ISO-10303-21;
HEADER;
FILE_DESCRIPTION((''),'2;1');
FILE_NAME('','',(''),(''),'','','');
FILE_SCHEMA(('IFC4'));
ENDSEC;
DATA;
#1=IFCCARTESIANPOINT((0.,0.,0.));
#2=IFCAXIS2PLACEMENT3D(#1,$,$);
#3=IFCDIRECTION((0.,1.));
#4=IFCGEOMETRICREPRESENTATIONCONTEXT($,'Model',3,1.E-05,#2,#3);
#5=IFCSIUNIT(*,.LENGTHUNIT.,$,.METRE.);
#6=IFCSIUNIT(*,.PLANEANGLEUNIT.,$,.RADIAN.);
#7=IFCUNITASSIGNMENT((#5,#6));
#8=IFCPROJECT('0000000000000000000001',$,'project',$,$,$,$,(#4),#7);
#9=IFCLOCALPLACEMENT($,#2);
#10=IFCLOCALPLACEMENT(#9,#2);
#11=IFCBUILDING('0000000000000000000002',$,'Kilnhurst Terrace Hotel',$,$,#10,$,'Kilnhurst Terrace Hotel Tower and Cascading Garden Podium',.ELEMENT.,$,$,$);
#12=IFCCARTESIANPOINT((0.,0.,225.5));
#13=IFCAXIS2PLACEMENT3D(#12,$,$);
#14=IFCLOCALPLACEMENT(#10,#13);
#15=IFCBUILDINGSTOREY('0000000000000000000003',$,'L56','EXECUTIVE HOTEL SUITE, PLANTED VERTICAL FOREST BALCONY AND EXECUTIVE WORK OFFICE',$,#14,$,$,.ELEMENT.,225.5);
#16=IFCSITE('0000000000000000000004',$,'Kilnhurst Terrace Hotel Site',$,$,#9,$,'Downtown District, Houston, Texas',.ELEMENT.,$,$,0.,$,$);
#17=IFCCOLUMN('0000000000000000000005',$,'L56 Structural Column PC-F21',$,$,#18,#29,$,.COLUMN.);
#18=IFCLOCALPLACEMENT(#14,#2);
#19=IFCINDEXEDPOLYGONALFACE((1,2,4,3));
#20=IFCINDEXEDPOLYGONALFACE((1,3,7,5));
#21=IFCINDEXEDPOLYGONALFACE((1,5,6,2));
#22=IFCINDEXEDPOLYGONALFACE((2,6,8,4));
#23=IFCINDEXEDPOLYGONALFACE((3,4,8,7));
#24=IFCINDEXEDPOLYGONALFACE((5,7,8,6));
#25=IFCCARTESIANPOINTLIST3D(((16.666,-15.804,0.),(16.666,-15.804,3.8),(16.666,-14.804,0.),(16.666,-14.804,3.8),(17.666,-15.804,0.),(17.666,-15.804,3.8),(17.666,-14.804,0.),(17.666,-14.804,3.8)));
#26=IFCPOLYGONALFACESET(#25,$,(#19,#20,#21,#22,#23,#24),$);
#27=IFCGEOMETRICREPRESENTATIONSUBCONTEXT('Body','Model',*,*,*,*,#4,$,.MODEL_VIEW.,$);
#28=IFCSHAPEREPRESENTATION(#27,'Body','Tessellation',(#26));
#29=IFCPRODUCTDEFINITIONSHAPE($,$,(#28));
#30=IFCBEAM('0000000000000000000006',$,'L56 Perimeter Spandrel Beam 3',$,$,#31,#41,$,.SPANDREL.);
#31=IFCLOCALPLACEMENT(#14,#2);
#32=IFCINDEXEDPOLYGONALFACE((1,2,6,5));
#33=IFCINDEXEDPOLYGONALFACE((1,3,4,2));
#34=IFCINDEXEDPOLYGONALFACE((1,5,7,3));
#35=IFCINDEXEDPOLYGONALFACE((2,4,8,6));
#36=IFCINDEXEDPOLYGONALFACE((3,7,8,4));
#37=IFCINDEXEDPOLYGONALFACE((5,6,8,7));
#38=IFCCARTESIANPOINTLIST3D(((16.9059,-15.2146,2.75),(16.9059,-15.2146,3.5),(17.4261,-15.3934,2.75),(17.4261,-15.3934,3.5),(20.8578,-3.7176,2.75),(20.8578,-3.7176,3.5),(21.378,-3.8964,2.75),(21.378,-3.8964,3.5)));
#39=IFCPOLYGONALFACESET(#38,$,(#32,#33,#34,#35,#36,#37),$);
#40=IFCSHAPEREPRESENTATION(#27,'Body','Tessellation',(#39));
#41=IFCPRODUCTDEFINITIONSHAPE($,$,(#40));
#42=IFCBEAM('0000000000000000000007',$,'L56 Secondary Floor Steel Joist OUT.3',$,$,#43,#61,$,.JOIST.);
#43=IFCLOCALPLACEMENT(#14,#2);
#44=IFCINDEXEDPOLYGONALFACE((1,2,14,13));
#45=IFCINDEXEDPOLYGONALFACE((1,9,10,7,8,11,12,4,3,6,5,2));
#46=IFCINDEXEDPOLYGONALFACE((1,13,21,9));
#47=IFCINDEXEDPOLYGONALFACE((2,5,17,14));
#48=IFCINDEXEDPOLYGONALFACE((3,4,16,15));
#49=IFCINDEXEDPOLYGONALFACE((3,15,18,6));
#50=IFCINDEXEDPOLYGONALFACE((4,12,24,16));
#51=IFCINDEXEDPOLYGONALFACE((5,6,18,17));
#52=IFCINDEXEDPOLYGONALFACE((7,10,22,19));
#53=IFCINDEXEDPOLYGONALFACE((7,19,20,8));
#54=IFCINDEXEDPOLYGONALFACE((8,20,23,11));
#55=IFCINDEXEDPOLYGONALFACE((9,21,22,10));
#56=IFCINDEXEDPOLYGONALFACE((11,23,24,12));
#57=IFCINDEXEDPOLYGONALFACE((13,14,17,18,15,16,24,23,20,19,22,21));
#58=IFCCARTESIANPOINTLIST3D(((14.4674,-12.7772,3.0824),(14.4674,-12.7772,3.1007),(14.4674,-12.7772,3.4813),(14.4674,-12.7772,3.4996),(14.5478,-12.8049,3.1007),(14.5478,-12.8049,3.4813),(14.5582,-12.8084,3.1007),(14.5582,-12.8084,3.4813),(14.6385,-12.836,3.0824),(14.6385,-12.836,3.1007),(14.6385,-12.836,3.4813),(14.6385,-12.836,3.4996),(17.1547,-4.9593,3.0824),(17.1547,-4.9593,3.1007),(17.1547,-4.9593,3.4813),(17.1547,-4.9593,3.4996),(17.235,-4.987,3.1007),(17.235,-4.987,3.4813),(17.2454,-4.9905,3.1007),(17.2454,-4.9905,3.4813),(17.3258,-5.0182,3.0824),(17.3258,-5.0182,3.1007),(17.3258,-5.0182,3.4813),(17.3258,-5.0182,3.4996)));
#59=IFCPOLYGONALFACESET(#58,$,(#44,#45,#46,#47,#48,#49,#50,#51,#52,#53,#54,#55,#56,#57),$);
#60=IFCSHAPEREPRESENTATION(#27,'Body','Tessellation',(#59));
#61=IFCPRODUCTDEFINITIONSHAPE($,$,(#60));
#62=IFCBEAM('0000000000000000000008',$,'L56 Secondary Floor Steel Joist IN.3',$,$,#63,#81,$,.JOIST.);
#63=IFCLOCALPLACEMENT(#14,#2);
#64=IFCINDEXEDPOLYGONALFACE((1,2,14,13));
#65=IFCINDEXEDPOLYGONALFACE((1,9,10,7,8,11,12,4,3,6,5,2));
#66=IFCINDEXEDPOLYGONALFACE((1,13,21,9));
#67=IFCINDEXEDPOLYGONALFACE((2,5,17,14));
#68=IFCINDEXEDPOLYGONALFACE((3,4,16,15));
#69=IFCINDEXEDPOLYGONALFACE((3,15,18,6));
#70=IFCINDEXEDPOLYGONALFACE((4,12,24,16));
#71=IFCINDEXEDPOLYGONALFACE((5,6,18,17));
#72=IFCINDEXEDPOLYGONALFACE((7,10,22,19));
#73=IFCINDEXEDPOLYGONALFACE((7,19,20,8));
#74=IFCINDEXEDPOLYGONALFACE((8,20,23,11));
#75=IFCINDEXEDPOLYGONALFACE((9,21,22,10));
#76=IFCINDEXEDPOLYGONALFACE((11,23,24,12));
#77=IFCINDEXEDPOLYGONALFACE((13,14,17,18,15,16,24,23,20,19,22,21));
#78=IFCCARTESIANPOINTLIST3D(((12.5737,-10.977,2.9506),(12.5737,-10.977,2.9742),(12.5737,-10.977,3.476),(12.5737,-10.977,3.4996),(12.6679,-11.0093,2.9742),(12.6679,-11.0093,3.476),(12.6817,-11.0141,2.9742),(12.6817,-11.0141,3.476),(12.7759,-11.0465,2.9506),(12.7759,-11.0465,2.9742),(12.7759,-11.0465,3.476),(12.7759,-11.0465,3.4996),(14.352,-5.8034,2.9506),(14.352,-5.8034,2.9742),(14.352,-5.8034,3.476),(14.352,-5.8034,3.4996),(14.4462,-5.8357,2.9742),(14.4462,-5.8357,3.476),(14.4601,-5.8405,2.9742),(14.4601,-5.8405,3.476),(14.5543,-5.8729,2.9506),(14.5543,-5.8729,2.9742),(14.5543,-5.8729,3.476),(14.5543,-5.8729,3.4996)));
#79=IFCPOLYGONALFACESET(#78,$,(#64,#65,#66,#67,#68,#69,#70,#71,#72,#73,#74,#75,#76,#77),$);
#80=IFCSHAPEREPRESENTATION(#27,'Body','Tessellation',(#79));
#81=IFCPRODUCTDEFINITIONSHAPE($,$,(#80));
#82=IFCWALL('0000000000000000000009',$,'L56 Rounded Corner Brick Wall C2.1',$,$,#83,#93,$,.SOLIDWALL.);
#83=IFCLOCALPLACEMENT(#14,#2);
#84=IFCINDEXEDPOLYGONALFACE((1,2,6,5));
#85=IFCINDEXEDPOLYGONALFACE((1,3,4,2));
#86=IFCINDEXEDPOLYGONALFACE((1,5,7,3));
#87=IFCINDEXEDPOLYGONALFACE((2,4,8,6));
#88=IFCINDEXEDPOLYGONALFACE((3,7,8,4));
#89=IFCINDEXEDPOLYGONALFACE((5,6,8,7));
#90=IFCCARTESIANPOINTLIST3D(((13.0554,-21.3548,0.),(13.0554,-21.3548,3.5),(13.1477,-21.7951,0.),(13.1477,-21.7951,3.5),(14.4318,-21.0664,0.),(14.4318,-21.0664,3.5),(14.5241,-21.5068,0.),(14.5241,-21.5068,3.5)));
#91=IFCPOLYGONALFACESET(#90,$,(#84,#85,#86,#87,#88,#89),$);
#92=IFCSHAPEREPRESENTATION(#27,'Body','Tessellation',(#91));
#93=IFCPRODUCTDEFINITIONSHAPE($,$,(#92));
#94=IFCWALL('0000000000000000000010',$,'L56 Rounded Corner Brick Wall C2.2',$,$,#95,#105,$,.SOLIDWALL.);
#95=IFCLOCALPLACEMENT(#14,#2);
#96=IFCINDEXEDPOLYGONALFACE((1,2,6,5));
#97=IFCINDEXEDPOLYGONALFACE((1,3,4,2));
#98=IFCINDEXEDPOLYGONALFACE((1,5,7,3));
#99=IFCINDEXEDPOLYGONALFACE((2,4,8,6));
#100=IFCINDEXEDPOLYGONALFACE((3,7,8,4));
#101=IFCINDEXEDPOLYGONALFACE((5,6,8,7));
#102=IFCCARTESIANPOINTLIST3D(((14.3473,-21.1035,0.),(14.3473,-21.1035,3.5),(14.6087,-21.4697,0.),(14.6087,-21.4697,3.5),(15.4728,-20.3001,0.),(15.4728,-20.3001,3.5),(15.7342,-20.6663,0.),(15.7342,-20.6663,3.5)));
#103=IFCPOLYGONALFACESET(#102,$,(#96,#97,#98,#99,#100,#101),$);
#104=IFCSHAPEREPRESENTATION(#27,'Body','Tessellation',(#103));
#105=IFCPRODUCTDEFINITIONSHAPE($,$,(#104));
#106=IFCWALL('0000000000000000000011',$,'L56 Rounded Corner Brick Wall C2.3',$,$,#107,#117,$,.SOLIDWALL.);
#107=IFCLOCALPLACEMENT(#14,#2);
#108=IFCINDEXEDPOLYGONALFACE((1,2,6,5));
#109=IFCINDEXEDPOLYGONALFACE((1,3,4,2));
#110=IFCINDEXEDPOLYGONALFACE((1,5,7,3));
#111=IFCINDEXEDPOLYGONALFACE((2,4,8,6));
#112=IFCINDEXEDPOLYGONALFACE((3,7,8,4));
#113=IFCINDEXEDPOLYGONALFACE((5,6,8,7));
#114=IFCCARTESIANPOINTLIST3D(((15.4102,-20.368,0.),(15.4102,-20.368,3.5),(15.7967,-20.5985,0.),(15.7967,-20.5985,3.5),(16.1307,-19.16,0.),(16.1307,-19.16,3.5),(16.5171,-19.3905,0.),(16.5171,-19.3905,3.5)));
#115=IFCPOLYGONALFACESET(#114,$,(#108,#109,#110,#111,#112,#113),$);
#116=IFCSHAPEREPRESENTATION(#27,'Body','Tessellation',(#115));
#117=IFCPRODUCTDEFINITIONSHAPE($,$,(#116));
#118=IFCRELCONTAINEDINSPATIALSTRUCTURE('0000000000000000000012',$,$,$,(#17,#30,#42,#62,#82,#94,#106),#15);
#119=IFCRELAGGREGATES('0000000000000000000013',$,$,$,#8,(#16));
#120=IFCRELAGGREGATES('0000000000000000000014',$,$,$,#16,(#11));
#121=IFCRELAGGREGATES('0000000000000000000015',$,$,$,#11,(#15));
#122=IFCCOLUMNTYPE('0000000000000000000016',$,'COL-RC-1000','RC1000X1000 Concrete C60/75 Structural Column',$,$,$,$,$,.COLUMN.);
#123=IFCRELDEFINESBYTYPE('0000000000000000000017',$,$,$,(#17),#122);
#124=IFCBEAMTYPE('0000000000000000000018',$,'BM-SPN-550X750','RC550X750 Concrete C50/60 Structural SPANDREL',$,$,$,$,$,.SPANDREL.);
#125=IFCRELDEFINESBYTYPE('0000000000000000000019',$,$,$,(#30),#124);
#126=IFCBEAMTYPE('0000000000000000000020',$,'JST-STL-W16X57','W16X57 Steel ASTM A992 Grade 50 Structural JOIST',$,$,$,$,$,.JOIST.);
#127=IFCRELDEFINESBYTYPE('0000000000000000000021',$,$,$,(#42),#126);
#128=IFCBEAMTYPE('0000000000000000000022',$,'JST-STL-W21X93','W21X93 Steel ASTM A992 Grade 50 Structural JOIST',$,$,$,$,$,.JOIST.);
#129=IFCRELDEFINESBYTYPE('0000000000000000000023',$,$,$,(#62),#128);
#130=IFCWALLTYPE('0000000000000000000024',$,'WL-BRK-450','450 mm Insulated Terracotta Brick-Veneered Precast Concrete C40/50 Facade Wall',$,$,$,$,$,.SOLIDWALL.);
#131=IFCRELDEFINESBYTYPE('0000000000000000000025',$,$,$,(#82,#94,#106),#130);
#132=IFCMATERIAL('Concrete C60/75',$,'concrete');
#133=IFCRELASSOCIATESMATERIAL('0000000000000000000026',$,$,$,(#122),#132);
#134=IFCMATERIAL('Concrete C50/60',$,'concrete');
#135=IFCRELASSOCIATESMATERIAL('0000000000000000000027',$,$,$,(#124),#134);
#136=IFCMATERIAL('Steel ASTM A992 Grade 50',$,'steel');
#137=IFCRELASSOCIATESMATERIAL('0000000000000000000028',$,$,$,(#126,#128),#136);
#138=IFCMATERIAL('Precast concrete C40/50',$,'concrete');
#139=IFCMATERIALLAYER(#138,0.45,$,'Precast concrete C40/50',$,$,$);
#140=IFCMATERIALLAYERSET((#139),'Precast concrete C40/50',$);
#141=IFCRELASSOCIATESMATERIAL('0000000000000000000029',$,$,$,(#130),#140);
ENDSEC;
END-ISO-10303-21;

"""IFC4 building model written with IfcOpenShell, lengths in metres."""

from ifc_helpers import new_model, si_unit, direction, frame, frame_2d, origin, origin_2d, place, context, subcontext, project, spatial, rectangle, i_section, extrude, material, layer, layer_set, material_profile, profile_set, type_object, element, save


model = new_model("IFC4")

# Units and contexts
model_context = context("Model", 3, precision=1e-05, world=origin(), true_north=direction((0.0, 1.0)))
body_context = subcontext(model_context, "Body", "Model", "MODEL_VIEW")
ifc_project = project(units=[si_unit("LENGTHUNIT", "METRE"), si_unit("PLANEANGLEUNIT", "RADIAN")], contexts=[model_context])

# Site, building, storey
site_placement = place(None, origin())
site = spatial("IfcSite", under=ifc_project, at=site_placement, Name="Kilnhurst Terrace Hotel Site", LongName="Downtown District, Houston, Texas", CompositionType="ELEMENT", RefElevation=0.0)
building_placement = place(site_placement, origin())
building = spatial("IfcBuilding", under=site, at=building_placement, Name="Kilnhurst Terrace Hotel", LongName="Kilnhurst Terrace Hotel Tower and Cascading Garden Podium", CompositionType="ELEMENT")
storey_placement = place(building_placement, frame((0.0, 0.0, 225.5)))
storey = spatial("IfcBuildingStorey", under=building, at=storey_placement, Name="L56", Description="EXECUTIVE HOTEL SUITE, PLANTED VERTICAL FOREST BALCONY AND EXECUTIVE WORK OFFICE", CompositionType="ELEMENT", Elevation=225.5)

# Column
ifc_material_1 = material(Name="Concrete C60/75", Category="concrete")
ifc_material_profile_1 = material_profile(ifc_material_1, rectangle(XDim=1.0, YDim=1.0, at=origin_2d()), Name="RC1000X1000")
ifc_profile_set_1 = profile_set([ifc_material_profile_1], Name="Concrete C60/75")
column_type = type_object("IfcColumnType", Name="COL-RC-1000", Description="RC1000X1000 Concrete C60/75 Structural Column", PredefinedType="COLUMN", material=ifc_profile_set_1)
column_placement = place(storey_placement, frame((17.166, -15.304, 0.0), z_axis=(0.0, 0.0, 1.0), x_axis=(1.0, 0.0, 0.0)))
element("IfcColumn", 1, at=column_placement, inside=storey, type_object=column_type, Name="L56 Structural Column PC-F21", PredefinedType="COLUMN", context=body_context, shape_type="SweptSolid", body=[
    extrude(rectangle(XDim=1.0, YDim=1.0, at=origin_2d()), origin(), (0.0, 0.0, 1.0), 3.8),
])

# Beams
ifc_material_2 = material(Name="Concrete C50/60", Category="concrete")
ifc_material_profile_2 = material_profile(ifc_material_2, rectangle(XDim=0.55, YDim=0.75, at=origin_2d()), Name="RC550X750")
ifc_profile_set_2 = profile_set([ifc_material_profile_2], Name="Concrete C50/60")
beam_type_1 = type_object("IfcBeamType", Name="BM-SPN-550X750", Description="RC550X750 Concrete C50/60 Structural SPANDREL", PredefinedType="SPANDREL", material=ifc_profile_set_2)
beam_1_placement = place(storey_placement, frame((17.166, -15.304, 3.125), z_axis=(0.325064, 0.945692, 0.0), x_axis=(-0.945692, 0.325064, 0.0)))
element("IfcBeam", 2, at=beam_1_placement, inside=storey, type_object=beam_type_1, Name="L56 Perimeter Spandrel Beam 3", PredefinedType="SPANDREL", context=body_context, shape_type="SweptSolid", body=[
    extrude(rectangle(XDim=0.55, YDim=0.75, at=origin_2d()), origin(), (0.0, 0.0, 1.0), 12.1572),
])
ifc_material_3 = material(Name="Steel ASTM A992 Grade 50", Category="steel")
ifc_material_profile_3 = material_profile(ifc_material_3, i_section(OverallWidth=0.1809, OverallDepth=0.4172, WebThickness=0.011, FlangeThickness=0.0183, at=origin_2d()), Name="W16X57")
ifc_profile_set_3 = profile_set([ifc_material_profile_3], Name="Steel ASTM A992 Grade 50")
beam_type_2 = type_object("IfcBeamType", Name="JST-STL-W16X57", Description="W16X57 Steel ASTM A992 Grade 50 Structural JOIST", PredefinedType="JOIST", material=ifc_profile_set_3)
beam_2_placement = place(storey_placement, frame((14.553, -12.8066, 3.291), z_axis=(0.325065, 0.945692, 0.0), x_axis=(-0.945692, 0.325065, 0.0)))
element("IfcBeam", 3, at=beam_2_placement, inside=storey, type_object=beam_type_2, Name="L56 Secondary Floor Steel Joist OUT.3", PredefinedType="JOIST", context=body_context, shape_type="SweptSolid", body=[
    extrude(i_section(OverallWidth=0.1809, OverallDepth=0.4172, WebThickness=0.011, FlangeThickness=0.0183, at=origin_2d()), origin(), (0.0, 0.0, 1.0), 8.2668),
])
ifc_material_profile_4 = material_profile(ifc_material_3, i_section(OverallWidth=0.2139, OverallDepth=0.5491, WebThickness=0.0146, FlangeThickness=0.0237, at=origin_2d()), Name="W21X93")
ifc_profile_set_4 = profile_set([ifc_material_profile_4], Name="Steel ASTM A992 Grade 50")
beam_type_3 = type_object("IfcBeamType", Name="JST-STL-W21X93", Description="W21X93 Steel ASTM A992 Grade 50 Structural JOIST", PredefinedType="JOIST", material=ifc_profile_set_4)
beam_3_placement = place(storey_placement, frame((12.6748, -11.0117, 3.2251), z_axis=(0.325064, 0.945692, 0.0), x_axis=(-0.945692, 0.325064, 0.0)))
element("IfcBeam", 4, at=beam_3_placement, inside=storey, type_object=beam_type_3, Name="L56 Secondary Floor Steel Joist IN.3", PredefinedType="JOIST", context=body_context, shape_type="SweptSolid", body=[
    extrude(i_section(OverallWidth=0.2139, OverallDepth=0.5491, WebThickness=0.0146, FlangeThickness=0.0237, at=origin_2d()), origin(), (0.0, 0.0, 1.0), 5.4707),
])

# Walls
ifc_material_4 = material(Name="Precast concrete C40/50", Category="concrete")
ifc_layer_1 = layer(ifc_material_4, 0.45, Name="Precast concrete C40/50")
ifc_layer_set_1 = layer_set([ifc_layer_1], Name="Precast concrete C40/50")
wall_type_1 = type_object("IfcWallType", Name="WL-BRK-450", Description="450 mm Insulated Terracotta Brick-Veneered Precast Concrete C40/50 Facade Wall", PredefinedType="SOLIDWALL", material=ifc_layer_set_1)
wall_1_placement = place(storey_placement, frame((13.1016, -21.575, 0.0), z_axis=(0.0, 0.0, 1.0), x_axis=(0.978757, 0.205022, 0.0)))
element("IfcWall", 5, at=wall_1_placement, inside=storey, type_object=wall_type_1, Name="L56 Rounded Corner Brick Wall C2.1", PredefinedType="SOLIDWALL", context=body_context, shape_type="SweptSolid", body=[
    extrude(rectangle(XDim=1.4062, YDim=0.45, at=frame_2d((0.7031, 0.0))), origin(), (0.0, 0.0, 1.0), 3.5),
])
wall_2_placement = place(storey_placement, frame((14.478, -21.2866, 0.0), z_axis=(0.0, 0.0, 1.0), x_axis=(0.813889, 0.581021, 0.0)))
element("IfcWall", 6, at=wall_2_placement, inside=storey, type_object=wall_type_1, Name="L56 Rounded Corner Brick Wall C2.2", PredefinedType="SOLIDWALL", context=body_context, shape_type="SweptSolid", body=[
    extrude(rectangle(XDim=1.3828, YDim=0.45, at=frame_2d((0.6914, 0.0))), origin(), (0.0, 0.0, 1.0), 3.5),
])
wall_3_placement = place(storey_placement, frame((15.6035, -20.4832, 0.0), z_axis=(0.0, 0.0, 1.0), x_axis=(0.512222, 0.858853, 0.0)))
element("IfcWall", 7, at=wall_3_placement, inside=storey, type_object=wall_type_1, Name="L56 Rounded Corner Brick Wall C2.3", PredefinedType="SOLIDWALL", context=body_context, shape_type="SweptSolid", body=[
    extrude(rectangle(XDim=1.4065, YDim=0.45, at=frame_2d((0.7031, 0.0))), origin(), (0.0, 0.0, 1.0), 3.5),
])

save(model, "model.ifc")
